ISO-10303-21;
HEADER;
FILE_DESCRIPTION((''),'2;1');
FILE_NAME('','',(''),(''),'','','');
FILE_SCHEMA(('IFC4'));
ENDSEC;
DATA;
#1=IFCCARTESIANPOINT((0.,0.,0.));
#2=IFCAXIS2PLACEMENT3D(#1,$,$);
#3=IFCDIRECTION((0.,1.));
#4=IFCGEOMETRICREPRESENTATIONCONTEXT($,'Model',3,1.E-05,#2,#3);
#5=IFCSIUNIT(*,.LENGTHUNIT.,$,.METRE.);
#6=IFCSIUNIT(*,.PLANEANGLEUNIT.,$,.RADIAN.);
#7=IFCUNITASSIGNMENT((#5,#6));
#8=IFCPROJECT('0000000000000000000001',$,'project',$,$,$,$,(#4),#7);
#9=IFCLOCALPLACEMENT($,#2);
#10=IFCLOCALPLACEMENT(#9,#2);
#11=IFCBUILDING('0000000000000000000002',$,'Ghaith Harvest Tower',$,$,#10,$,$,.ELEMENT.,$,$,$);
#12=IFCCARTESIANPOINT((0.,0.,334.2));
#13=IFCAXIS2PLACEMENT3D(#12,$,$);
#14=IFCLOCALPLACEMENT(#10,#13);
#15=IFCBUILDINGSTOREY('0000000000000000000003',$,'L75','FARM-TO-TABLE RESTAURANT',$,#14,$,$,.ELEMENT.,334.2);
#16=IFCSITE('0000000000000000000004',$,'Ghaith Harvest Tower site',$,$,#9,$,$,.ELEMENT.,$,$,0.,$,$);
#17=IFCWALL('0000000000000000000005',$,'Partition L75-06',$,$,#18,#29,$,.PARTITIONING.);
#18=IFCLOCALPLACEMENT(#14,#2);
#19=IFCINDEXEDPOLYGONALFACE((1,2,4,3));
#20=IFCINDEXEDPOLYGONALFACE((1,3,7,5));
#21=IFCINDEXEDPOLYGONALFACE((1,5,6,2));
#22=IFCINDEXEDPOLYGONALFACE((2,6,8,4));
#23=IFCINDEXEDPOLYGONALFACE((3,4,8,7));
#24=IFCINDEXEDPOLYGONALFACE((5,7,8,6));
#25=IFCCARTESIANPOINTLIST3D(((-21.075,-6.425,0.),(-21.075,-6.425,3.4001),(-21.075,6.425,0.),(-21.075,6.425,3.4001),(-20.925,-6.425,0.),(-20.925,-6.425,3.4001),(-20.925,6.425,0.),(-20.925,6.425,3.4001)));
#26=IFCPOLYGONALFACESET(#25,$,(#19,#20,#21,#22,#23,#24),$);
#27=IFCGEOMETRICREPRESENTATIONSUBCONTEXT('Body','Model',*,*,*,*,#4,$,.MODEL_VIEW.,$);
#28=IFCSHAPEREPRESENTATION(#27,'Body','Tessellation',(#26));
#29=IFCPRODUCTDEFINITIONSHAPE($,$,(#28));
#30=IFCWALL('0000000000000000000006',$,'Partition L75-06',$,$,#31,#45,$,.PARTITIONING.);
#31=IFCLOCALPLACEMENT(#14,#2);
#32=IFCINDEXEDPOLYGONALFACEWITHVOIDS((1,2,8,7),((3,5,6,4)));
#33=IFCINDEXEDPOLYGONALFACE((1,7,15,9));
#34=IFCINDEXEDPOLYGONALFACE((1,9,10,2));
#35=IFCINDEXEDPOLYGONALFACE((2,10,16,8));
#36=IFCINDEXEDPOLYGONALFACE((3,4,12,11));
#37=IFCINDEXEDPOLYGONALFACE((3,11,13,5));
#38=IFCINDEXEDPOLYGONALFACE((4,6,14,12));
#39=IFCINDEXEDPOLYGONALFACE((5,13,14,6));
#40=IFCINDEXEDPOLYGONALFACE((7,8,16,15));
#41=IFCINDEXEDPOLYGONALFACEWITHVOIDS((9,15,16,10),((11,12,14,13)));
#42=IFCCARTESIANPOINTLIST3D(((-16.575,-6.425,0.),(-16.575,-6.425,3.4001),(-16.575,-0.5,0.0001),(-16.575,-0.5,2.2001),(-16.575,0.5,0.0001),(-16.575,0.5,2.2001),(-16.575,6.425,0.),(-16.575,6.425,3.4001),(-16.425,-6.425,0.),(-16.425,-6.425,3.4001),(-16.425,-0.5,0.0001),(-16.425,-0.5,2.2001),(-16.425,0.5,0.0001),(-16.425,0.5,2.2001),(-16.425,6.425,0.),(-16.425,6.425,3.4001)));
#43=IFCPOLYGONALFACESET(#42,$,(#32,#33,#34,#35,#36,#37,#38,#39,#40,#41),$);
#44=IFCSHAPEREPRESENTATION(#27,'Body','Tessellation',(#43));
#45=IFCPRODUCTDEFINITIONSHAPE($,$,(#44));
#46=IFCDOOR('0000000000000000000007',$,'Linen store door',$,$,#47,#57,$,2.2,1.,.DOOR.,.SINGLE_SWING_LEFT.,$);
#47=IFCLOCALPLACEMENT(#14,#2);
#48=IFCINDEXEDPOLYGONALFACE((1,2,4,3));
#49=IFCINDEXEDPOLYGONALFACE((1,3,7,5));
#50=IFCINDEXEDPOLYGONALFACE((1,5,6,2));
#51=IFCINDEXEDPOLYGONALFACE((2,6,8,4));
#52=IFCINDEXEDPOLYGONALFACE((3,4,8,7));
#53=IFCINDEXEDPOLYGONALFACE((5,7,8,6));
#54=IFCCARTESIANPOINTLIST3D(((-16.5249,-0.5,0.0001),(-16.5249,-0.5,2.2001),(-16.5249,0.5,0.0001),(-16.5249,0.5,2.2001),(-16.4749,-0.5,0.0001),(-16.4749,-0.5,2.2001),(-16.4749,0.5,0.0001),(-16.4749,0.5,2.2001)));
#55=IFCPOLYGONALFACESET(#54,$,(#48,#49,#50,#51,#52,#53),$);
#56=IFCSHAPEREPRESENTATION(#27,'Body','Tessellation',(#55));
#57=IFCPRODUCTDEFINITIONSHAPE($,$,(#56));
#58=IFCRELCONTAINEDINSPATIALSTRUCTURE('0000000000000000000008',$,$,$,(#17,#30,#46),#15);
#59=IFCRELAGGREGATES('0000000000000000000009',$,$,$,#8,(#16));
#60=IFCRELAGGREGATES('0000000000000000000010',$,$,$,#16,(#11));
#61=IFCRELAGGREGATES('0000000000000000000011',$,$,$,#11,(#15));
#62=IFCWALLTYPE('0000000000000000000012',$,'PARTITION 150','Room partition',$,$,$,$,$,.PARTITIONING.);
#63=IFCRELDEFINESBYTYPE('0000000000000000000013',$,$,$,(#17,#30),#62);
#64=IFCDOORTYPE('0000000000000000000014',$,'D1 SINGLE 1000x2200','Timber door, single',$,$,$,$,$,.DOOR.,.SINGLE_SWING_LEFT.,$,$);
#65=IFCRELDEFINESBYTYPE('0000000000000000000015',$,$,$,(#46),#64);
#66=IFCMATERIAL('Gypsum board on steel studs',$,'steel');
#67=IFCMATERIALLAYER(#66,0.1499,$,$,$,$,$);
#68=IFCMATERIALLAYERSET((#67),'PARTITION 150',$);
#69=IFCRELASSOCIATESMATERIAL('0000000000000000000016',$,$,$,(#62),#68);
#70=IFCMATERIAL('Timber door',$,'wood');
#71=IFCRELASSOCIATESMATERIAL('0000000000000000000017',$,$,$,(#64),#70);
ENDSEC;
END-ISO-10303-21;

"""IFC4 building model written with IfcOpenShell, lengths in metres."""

from ifc_helpers import new_model, si_unit, direction, frame, frame_2d, origin, place, context, subcontext, project, spatial, rectangle, extrude, material, layer, layer_set, type_object, element, fill, save


model = new_model("IFC4")

# Units and contexts
model_context = context("Model", 3, precision=1e-05, world=origin(), true_north=direction((0.0, 1.0)))
body_context = subcontext(model_context, "Body", "Model", "MODEL_VIEW")
ifc_project = project(units=[si_unit("LENGTHUNIT", "METRE"), si_unit("PLANEANGLEUNIT", "RADIAN")], contexts=[model_context])

# Site, building, storey
site_placement = place(None, origin())
site = spatial("IfcSite", under=ifc_project, at=site_placement, Name="Ghaith Harvest Tower site", CompositionType="ELEMENT", RefElevation=0.0)
building_placement = place(site_placement, origin())
building = spatial("IfcBuilding", under=site, at=building_placement, Name="Ghaith Harvest Tower", CompositionType="ELEMENT")
storey_placement = place(building_placement, frame((0.0, 0.0, 334.2)))
storey = spatial("IfcBuildingStorey", under=building, at=storey_placement, Name="L75", Description="FARM-TO-TABLE RESTAURANT", CompositionType="ELEMENT", Elevation=334.2)

# Wall
ifc_material_1 = material(Name="Gypsum board on steel studs", Category="steel")
ifc_layer_1 = layer(ifc_material_1, 0.1499)
ifc_layer_set_1 = layer_set([ifc_layer_1], Name="PARTITION 150")
wall_type = type_object("IfcWallType", Name="PARTITION 150", Description="Room partition", PredefinedType="PARTITIONING", material=ifc_layer_set_1)
wall_1_placement = place(storey_placement, frame((-21.0, -6.425, 0.0), z_axis=(0.0, 0.0, 1.0), x_axis=(0.0, 1.0, 0.0)))
element("IfcWall", 1, at=wall_1_placement, inside=storey, type_object=wall_type, Name="Partition L75-06", PredefinedType="PARTITIONING", context=body_context, shape_type="SweptSolid", body=[
    extrude(rectangle(XDim=12.8501, YDim=0.1499, at=frame_2d((6.425, 0.0))), origin(), (0.0, 0.0, 1.0), 3.4001),
])

# Wall, opening, door
wall_2_placement = place(storey_placement, frame((-16.5, -6.425, 0.0), z_axis=(0.0, 0.0, 1.0), x_axis=(0.0, 1.0, 0.0)))
wall_2 = element("IfcWall", 2, at=wall_2_placement, inside=storey, type_object=wall_type, Name="Partition L75-06", PredefinedType="PARTITIONING", context=body_context, shape_type="SweptSolid", body=[
    extrude(rectangle(XDim=12.8501, YDim=0.1499, at=frame_2d((6.425, 0.0))), origin(), (0.0, 0.0, 1.0), 3.4001),
])
opening_placement = place(wall_2_placement, frame((5.925, 0.0, 0.0)))
opening = element("IfcOpeningElement", 3, at=opening_placement, cuts=wall_2, PredefinedType="OPENING", context=body_context, shape_type="SweptSolid", body=[
    extrude(rectangle(XDim=1.0, YDim=2.2, at=frame_2d((0.5, 1.1001))), frame((0.0, 0.085, 0.0), z_axis=(0.0, -1.0, 0.0), x_axis=(1.0, 0.0, 0.0)), (0.0, 0.0, 1.0), 0.1699),
])
ifc_material_2 = material(Name="Timber door", Category="wood")
door_type = type_object("IfcDoorType", Name="D1 SINGLE 1000x2200", Description="Timber door, single", OperationType="SINGLE_SWING_LEFT", PredefinedType="DOOR", material=ifc_material_2)
door_placement = place(opening_placement, origin())
door = element("IfcDoor", 4, at=door_placement, inside=storey, type_object=door_type, Name="Linen store door", OperationType="SINGLE_SWING_LEFT", OverallHeight=2.2, OverallWidth=1.0, PredefinedType="DOOR", context=body_context, shape_type="SweptSolid", body=[
    extrude(rectangle(XDim=1.0, YDim=2.2, at=frame_2d((0.5, 1.1001))), frame((0.0, 0.0249, 0.0), z_axis=(0.0, -1.0, 0.0), x_axis=(1.0, 0.0, 0.0)), (0.0, 0.0, 1.0), 0.05),
])
fill(opening, door)

save(model, "model.ifc")
